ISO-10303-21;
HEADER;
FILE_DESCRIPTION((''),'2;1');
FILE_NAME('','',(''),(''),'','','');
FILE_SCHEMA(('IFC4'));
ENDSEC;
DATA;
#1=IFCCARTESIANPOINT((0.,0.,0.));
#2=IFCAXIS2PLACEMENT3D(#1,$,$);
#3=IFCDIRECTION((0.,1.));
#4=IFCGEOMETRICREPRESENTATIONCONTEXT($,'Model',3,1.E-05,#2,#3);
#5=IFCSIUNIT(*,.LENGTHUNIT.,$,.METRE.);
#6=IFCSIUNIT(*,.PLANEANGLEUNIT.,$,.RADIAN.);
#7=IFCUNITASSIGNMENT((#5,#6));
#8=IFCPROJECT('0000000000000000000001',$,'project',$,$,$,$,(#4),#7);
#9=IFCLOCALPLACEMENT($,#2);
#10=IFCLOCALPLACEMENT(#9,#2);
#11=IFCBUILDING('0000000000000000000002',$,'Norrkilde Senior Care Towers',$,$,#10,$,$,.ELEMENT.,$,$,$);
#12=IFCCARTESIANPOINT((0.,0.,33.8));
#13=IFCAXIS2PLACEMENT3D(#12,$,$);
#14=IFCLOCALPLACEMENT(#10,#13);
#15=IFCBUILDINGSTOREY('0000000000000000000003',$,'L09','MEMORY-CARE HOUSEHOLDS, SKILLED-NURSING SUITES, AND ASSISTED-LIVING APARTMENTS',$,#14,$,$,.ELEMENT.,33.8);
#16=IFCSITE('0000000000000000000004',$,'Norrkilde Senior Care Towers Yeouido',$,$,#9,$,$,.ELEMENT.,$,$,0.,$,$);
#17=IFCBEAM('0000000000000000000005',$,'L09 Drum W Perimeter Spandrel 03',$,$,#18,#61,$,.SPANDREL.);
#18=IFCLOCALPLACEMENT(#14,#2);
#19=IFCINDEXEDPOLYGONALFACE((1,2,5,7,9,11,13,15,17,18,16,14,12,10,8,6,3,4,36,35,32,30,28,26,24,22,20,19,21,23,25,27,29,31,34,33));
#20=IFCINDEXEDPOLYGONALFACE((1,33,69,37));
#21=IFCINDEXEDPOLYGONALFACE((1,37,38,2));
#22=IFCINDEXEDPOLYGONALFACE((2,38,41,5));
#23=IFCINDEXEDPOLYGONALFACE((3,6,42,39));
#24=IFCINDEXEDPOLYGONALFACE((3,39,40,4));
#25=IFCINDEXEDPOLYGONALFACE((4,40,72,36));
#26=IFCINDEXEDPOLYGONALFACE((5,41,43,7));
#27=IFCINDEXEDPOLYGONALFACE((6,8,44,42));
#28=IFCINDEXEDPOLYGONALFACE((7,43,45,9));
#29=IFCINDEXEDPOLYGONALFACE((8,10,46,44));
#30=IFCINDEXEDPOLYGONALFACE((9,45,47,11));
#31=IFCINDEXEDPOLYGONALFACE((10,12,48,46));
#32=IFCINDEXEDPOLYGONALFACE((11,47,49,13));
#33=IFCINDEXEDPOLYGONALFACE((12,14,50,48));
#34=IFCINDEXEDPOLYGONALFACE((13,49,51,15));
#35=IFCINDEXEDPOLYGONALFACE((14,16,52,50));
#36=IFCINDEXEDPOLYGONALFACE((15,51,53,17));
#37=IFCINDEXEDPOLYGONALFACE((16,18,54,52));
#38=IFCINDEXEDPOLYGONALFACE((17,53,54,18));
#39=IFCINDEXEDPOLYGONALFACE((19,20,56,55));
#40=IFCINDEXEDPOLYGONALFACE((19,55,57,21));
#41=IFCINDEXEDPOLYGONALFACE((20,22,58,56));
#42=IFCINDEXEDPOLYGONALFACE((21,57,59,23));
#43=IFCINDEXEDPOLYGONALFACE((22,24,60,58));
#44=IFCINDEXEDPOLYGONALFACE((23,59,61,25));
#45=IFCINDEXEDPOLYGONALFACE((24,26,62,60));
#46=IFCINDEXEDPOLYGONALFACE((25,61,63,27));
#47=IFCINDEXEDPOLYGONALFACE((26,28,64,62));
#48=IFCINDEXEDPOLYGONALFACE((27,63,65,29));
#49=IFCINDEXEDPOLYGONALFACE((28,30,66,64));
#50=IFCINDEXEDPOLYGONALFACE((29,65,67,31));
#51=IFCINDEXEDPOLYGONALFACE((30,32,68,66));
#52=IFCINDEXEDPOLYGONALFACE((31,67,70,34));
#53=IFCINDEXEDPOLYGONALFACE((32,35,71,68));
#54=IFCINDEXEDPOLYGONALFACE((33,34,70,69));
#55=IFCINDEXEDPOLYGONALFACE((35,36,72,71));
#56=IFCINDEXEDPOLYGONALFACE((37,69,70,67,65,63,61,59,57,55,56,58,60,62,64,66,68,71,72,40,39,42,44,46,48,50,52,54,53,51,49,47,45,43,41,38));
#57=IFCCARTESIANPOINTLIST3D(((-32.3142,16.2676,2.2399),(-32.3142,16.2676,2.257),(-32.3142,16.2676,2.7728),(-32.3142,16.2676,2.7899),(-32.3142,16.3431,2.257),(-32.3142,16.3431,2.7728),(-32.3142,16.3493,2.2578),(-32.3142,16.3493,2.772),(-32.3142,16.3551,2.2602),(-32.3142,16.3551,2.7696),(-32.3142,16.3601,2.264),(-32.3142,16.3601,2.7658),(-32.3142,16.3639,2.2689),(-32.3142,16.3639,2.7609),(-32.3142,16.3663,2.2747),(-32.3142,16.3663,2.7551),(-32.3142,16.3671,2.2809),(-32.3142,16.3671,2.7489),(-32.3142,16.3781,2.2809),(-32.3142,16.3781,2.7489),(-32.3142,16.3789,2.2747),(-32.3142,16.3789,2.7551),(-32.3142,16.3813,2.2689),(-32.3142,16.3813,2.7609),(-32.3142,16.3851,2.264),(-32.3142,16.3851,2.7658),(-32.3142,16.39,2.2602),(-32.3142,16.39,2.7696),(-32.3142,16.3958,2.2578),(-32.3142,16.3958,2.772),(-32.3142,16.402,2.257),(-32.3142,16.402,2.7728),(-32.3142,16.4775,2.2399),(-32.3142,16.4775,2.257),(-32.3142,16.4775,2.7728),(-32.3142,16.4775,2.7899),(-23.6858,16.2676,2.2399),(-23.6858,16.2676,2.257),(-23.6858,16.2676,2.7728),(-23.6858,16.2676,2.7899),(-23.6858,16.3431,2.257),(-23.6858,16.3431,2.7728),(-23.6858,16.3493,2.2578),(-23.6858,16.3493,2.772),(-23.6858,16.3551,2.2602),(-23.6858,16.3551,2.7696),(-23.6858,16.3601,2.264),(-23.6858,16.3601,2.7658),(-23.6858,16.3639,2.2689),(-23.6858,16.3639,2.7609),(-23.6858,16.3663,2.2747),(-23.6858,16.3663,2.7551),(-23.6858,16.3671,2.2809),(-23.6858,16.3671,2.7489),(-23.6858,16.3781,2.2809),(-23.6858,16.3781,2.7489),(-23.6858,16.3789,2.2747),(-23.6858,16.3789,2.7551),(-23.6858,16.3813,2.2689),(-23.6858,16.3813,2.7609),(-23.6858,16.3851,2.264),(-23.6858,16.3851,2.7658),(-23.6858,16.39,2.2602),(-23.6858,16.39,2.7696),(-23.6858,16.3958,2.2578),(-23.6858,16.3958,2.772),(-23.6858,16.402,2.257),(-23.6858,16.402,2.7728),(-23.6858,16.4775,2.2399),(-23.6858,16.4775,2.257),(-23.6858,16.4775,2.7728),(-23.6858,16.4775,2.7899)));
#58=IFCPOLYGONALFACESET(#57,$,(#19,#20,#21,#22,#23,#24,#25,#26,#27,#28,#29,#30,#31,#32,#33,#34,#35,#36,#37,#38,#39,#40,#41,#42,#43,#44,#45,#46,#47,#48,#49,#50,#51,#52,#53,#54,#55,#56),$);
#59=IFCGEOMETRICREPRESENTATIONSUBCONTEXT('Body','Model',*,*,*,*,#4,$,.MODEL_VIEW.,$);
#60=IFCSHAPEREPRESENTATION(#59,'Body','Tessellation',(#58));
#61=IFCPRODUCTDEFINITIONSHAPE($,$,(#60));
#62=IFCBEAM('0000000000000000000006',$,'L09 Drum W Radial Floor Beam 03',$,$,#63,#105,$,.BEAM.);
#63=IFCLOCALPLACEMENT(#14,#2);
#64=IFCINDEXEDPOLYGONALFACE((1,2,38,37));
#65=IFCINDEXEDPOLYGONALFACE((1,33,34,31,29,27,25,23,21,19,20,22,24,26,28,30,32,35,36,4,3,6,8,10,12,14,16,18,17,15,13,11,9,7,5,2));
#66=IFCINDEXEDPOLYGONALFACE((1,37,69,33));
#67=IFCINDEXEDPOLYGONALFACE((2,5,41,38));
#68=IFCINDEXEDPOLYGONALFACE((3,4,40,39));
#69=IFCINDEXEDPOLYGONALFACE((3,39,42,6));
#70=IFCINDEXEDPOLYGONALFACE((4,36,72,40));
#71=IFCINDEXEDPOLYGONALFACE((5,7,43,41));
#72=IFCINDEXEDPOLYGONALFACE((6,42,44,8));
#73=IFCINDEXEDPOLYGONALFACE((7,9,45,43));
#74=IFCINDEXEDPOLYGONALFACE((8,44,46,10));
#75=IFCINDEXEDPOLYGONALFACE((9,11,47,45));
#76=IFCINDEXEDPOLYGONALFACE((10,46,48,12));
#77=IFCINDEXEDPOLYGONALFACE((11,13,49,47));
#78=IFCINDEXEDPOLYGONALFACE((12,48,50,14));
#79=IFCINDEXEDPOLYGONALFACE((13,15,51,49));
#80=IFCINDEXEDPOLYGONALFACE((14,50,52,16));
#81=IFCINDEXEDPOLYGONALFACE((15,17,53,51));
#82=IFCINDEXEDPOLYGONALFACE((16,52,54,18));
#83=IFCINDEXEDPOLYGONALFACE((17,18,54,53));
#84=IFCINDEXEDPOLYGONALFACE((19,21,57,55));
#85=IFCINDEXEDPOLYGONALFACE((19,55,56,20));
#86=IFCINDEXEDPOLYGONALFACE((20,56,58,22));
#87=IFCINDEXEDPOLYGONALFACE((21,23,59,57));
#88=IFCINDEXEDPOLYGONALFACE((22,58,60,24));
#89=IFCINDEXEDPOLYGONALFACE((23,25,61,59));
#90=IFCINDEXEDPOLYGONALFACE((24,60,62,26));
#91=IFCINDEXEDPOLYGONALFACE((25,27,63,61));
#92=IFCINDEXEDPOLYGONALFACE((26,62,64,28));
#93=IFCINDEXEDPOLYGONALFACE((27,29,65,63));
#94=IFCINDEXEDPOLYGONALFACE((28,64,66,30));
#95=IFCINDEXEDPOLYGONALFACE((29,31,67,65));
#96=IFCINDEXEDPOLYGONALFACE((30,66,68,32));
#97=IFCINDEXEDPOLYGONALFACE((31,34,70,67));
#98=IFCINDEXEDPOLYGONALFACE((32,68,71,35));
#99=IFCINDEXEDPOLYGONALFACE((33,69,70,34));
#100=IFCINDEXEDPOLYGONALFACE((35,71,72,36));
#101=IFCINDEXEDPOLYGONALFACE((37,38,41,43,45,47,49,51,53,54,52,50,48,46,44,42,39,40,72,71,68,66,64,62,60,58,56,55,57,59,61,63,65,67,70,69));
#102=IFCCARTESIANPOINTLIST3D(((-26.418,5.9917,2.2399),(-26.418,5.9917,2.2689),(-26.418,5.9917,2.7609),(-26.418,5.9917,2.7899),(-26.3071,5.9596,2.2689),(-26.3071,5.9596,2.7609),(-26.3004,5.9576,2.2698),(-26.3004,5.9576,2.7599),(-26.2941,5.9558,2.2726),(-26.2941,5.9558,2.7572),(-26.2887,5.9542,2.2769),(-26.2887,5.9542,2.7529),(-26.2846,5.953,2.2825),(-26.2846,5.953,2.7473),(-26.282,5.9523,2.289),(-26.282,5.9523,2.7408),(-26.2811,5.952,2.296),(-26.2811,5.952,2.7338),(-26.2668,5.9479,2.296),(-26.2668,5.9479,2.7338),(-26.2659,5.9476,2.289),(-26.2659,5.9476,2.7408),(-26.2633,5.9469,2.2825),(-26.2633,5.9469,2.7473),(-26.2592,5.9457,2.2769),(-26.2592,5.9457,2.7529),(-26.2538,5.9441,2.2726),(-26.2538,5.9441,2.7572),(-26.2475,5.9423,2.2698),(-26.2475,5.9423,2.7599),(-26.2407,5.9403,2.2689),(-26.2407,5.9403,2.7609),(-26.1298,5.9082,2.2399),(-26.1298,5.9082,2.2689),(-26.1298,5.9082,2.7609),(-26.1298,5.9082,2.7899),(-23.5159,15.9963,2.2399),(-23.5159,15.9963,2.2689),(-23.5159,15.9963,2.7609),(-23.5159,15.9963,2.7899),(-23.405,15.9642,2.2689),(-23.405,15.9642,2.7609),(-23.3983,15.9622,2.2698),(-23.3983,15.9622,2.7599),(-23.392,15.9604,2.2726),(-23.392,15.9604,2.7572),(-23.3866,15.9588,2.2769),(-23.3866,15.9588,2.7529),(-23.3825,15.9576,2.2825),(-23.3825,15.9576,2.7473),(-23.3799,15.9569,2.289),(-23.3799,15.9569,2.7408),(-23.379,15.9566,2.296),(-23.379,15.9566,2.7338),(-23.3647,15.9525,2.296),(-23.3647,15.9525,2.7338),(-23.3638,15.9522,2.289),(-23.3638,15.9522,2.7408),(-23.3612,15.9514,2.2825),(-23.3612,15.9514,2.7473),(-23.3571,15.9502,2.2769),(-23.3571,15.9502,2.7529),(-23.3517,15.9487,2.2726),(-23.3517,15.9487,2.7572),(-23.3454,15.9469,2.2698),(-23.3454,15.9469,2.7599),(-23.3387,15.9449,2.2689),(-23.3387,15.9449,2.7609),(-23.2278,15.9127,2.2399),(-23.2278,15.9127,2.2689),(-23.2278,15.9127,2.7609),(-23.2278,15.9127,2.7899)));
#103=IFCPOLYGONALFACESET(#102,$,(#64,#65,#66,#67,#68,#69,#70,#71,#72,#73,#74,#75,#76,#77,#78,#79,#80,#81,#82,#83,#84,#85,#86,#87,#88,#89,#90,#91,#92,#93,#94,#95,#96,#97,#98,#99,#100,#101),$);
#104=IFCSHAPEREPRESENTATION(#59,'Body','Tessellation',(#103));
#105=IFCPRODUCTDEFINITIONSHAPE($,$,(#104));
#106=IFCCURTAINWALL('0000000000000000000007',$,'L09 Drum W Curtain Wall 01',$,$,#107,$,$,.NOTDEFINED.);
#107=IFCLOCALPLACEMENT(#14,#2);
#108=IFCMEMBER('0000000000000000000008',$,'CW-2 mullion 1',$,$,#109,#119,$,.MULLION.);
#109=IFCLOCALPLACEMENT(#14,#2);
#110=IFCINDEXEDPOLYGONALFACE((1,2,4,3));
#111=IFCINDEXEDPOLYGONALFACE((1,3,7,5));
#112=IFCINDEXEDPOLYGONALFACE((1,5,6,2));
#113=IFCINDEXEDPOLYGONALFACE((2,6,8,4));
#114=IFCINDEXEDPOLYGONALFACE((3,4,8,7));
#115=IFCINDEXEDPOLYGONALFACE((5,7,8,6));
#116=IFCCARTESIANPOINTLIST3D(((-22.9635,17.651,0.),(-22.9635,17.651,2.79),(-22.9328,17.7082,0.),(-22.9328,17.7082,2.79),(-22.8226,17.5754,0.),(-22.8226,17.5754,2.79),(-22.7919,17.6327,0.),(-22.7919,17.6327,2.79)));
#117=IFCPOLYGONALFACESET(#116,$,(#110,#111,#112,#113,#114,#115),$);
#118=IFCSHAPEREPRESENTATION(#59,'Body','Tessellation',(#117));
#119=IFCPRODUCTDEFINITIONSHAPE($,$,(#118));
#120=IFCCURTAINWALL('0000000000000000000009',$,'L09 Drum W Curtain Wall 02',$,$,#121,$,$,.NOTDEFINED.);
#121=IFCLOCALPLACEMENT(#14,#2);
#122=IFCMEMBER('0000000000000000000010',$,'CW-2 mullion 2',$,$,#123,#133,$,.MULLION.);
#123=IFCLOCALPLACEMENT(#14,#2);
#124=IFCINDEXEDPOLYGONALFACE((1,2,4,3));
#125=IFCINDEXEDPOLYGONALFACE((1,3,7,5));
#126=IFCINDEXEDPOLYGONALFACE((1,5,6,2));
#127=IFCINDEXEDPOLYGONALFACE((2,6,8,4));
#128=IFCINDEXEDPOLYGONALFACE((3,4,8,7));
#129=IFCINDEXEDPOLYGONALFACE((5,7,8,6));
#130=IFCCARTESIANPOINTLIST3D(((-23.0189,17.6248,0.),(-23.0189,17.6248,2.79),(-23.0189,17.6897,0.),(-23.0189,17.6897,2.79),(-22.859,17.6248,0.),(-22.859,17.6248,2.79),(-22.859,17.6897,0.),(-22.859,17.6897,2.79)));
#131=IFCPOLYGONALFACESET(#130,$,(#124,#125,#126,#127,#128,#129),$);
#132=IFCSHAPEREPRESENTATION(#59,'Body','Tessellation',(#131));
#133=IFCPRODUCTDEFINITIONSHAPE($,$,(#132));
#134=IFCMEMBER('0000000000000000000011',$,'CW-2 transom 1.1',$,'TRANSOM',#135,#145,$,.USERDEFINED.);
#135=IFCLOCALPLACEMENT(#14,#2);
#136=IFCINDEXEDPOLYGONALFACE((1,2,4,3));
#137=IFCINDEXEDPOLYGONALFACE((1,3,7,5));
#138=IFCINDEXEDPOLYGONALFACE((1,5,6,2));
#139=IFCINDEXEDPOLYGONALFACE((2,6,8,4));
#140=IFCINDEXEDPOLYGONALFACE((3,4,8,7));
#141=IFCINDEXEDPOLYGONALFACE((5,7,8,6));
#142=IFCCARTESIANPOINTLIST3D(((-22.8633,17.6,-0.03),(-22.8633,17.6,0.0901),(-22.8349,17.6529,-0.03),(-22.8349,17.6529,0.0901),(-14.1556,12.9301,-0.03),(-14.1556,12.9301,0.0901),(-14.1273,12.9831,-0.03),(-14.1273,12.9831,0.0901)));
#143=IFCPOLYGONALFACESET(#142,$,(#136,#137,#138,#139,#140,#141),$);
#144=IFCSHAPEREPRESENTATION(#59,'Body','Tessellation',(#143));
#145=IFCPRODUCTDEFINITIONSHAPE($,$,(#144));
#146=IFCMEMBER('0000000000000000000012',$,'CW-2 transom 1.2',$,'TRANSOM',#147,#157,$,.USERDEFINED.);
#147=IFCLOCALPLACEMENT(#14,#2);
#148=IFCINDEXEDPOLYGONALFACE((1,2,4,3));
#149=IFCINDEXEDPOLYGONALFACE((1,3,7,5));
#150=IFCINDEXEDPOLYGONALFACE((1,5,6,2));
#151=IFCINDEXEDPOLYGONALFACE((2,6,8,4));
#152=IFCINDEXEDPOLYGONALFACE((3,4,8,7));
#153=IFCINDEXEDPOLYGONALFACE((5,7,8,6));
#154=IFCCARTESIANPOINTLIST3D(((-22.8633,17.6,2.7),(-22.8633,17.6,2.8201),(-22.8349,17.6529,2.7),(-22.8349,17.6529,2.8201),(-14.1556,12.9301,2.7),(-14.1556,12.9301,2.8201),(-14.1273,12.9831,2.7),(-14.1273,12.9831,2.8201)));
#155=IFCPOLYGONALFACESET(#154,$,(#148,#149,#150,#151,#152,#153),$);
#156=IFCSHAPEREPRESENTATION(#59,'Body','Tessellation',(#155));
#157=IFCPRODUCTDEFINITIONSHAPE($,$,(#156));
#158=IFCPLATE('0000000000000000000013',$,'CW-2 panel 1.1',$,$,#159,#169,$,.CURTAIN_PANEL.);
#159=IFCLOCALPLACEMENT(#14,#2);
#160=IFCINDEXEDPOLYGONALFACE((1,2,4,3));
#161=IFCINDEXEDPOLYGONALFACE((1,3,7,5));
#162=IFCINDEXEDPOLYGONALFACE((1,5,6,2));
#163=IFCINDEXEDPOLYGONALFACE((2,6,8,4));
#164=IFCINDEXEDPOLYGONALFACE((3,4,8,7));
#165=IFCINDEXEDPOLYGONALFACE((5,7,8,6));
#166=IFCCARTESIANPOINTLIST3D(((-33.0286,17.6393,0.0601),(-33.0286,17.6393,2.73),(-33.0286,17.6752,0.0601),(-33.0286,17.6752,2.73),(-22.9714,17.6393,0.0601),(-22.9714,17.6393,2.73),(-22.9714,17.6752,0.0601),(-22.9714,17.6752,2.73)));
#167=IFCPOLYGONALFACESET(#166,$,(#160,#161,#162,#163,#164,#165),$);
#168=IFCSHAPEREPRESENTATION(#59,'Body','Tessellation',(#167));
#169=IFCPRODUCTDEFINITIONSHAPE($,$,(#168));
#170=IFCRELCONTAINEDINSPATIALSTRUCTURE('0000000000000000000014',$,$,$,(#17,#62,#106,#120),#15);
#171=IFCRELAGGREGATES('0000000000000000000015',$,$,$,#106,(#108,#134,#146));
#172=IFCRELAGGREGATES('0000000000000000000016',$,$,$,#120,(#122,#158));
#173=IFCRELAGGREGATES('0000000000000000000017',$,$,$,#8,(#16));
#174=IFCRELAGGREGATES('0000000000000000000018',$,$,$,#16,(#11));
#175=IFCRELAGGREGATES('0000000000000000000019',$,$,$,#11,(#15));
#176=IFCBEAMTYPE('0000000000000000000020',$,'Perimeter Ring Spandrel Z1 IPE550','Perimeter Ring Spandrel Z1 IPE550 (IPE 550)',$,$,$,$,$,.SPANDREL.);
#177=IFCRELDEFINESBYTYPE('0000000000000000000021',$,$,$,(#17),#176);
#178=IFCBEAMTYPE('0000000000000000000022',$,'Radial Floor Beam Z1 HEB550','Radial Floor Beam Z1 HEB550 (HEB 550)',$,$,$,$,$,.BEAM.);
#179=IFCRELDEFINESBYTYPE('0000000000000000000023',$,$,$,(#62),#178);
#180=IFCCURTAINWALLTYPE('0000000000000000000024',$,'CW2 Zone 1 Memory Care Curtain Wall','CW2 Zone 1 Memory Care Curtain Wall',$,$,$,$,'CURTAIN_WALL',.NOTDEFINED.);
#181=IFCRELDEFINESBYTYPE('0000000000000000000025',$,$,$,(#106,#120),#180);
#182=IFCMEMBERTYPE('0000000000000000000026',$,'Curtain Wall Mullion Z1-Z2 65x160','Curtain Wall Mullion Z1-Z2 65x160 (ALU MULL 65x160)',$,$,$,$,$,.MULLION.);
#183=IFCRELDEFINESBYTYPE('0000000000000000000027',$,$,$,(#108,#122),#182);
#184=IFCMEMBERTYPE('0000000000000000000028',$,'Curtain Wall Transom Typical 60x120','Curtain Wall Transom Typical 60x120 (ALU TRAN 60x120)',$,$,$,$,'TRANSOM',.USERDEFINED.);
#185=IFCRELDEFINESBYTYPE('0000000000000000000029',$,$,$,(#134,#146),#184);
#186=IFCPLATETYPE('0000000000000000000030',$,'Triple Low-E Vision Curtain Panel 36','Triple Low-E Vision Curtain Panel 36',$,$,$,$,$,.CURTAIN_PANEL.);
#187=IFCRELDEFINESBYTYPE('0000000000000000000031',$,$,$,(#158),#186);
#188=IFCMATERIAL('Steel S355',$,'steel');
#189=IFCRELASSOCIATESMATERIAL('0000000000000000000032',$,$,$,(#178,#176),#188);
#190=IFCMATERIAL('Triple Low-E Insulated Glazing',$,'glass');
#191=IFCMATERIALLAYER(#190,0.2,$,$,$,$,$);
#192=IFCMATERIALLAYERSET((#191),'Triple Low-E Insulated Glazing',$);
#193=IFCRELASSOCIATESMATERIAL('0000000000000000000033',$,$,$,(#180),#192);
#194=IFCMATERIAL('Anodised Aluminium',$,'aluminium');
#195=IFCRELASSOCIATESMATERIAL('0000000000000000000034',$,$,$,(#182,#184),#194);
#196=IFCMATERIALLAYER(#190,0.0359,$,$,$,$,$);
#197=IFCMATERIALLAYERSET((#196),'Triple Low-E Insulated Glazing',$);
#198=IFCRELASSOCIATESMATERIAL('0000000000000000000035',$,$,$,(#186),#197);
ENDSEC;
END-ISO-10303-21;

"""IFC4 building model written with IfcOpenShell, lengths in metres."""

from ifc_helpers import new_model, si_unit, direction, frame, origin, origin_2d, place, context, subcontext, project, spatial, rectangle, i_section, extrude, source, transform, mapped, material, layer, layer_set, material_profile, profile_set, type_object, type_shapes, element, aggregate, save


model = new_model("IFC4")

# Units and contexts
model_context = context("Model", 3, precision=1e-05, world=origin(), true_north=direction((0.0, 1.0)))
body_context = subcontext(model_context, "Body", "Model", "MODEL_VIEW")
ifc_project = project(units=[si_unit("LENGTHUNIT", "METRE"), si_unit("PLANEANGLEUNIT", "RADIAN")], contexts=[model_context])

# Site, building, storey
site_placement = place(None, origin())
site = spatial("IfcSite", under=ifc_project, at=site_placement, Name="Norrkilde Senior Care Towers Yeouido", CompositionType="ELEMENT", RefElevation=0.0)
building_placement = place(site_placement, origin())
building = spatial("IfcBuilding", under=site, at=building_placement, Name="Norrkilde Senior Care Towers", CompositionType="ELEMENT")
storey_placement = place(building_placement, frame((0.0, 0.0, 33.8)))
storey = spatial("IfcBuildingStorey", under=building, at=storey_placement, Name="L09", Description="MEMORY-CARE HOUSEHOLDS, SKILLED-NURSING SUITES, AND ASSISTED-LIVING APARTMENTS", CompositionType="ELEMENT", Elevation=33.8)

# Beams
ifc_material_1 = material(Name="Steel S355", Category="steel")
ifc_material_profile_1 = material_profile(ifc_material_1, i_section(OverallWidth=0.3, OverallDepth=0.55, WebThickness=0.0149, FlangeThickness=0.0291, FilletRadius=0.0271, at=origin_2d()), Name="HEB 550")
ifc_profile_set_1 = profile_set([ifc_material_profile_1], Name="Steel S355")
beam_type_1 = type_object("IfcBeamType", Name="Radial Floor Beam Z1 HEB550", Description="Radial Floor Beam Z1 HEB550 (HEB 550)", PredefinedType="BEAM", material=ifc_profile_set_1)
ifc_material_profile_2 = material_profile(ifc_material_1, i_section(OverallWidth=0.21, OverallDepth=0.55, WebThickness=0.011, FlangeThickness=0.0171, FilletRadius=0.0239, at=origin_2d()), Name="IPE 550")
ifc_profile_set_2 = profile_set([ifc_material_profile_2], Name="Steel S355")
beam_type_2 = type_object("IfcBeamType", Name="Perimeter Ring Spandrel Z1 IPE550", Description="Perimeter Ring Spandrel Z1 IPE550 (IPE 550)", PredefinedType="SPANDREL", material=ifc_profile_set_2)
shared_shape_1 = source(origin(), body_context, "Body", "SweptSolid", [
    extrude(i_section(OverallWidth=0.21, OverallDepth=0.55, WebThickness=0.011, FlangeThickness=0.0171, FilletRadius=0.0239, at=origin_2d()), origin(), (0.0, 0.0, 1.0), 8.6284),
])
type_shapes(beam_type_2, [shared_shape_1])
beam_1_placement = place(storey_placement, frame((-23.6858, 16.3726, 2.5149), z_axis=(-1.0, 0.0, 0.0), x_axis=(0.0, -1.0, 0.0)))
element("IfcBeam", 1, at=beam_1_placement, inside=storey, type_object=beam_type_2, Name="L09 Drum W Perimeter Spandrel 03", PredefinedType="SPANDREL", context=body_context, shape_type="MappedRepresentation", body=[
    mapped(shared_shape_1, transform((0.0, 0.0, 0.0), x_axis=(1.0, 0.0, 0.0), y_axis=(0.0, 1.0, 0.0), z_axis=(0.0, 0.0, 1.0), scale=1.0)),
])
shared_shape_2 = source(origin(), body_context, "Body", "SweptSolid", [
    extrude(i_section(OverallWidth=0.3, OverallDepth=0.55, WebThickness=0.0149, FlangeThickness=0.0291, FilletRadius=0.0271, at=origin_2d()), origin(), (0.0, 0.0, 1.0), 10.417),
])
beam_2_placement = place(storey_placement, frame((-26.2739, 5.95, 2.5149), z_axis=(0.278591, 0.96041, 0.0), x_axis=(-0.96041, 0.278591, 0.0)))
element("IfcBeam", 2, at=beam_2_placement, inside=storey, type_object=beam_type_1, Name="L09 Drum W Radial Floor Beam 03", PredefinedType="BEAM", context=body_context, shape_type="MappedRepresentation", body=[
    mapped(shared_shape_2, transform((0.0, 0.0, 0.0), x_axis=(1.0, 0.0, 0.0), y_axis=(0.0, 1.0, 0.0), z_axis=(0.0, 0.0, 1.0), scale=1.0)),
])

# Curtain walls, members
ifc_material_2 = material(Name="Triple Low-E Insulated Glazing", Category="glass")
ifc_layer_1 = layer(ifc_material_2, 0.2)
ifc_layer_set_1 = layer_set([ifc_layer_1], Name="Triple Low-E Insulated Glazing")
curtain_wall_type = type_object("IfcCurtainWallType", Name="CW2 Zone 1 Memory Care Curtain Wall", Description="CW2 Zone 1 Memory Care Curtain Wall", ElementType="CURTAIN_WALL", PredefinedType="NOTDEFINED", material=ifc_layer_set_1)
curtain_wall_1_placement = place(storey_placement, origin())
curtain_wall_1 = element("IfcCurtainWall", 3, at=curtain_wall_1_placement, inside=storey, type_object=curtain_wall_type, Name="L09 Drum W Curtain Wall 01", PredefinedType="NOTDEFINED")
ifc_material_3 = material(Name="Anodised Aluminium", Category="aluminium")
ifc_material_profile_3 = material_profile(ifc_material_3, rectangle(XDim=0.0649, YDim=0.1599, at=origin_2d()), Name="ALU MULL 65x160")
ifc_profile_set_3 = profile_set([ifc_material_profile_3], Name="Anodised Aluminium")
member_type_1 = type_object("IfcMemberType", Name="Curtain Wall Mullion Z1-Z2 65x160", Description="Curtain Wall Mullion Z1-Z2 65x160 (ALU MULL 65x160)", PredefinedType="MULLION", material=ifc_profile_set_3)
shared_shape_3 = source(origin(), body_context, "Body", "SweptSolid", [
    extrude(rectangle(XDim=0.0649, YDim=0.1599, at=origin_2d()), origin(), (0.0, 0.0, 1.0), 2.79),
])
type_shapes(member_type_1, [shared_shape_3])
member_1_placement = place(storey_placement, frame((-22.8777, 17.6418, 0.0), z_axis=(0.0, 0.0, 1.0), x_axis=(0.472608, 0.881273, 0.0)))
member_1 = element("IfcMember", 4, at=member_1_placement, type_object=member_type_1, Name="CW-2 mullion 1", PredefinedType="MULLION", context=body_context, shape_type="MappedRepresentation", body=[
    mapped(shared_shape_3, transform((0.0, 0.0, 0.0), x_axis=(1.0, 0.0, 0.0), y_axis=(0.0, 1.0, 0.0), z_axis=(0.0, 0.0, 1.0), scale=1.0)),
])
curtain_wall_2_placement = place(storey_placement, origin())
curtain_wall_2 = element("IfcCurtainWall", 5, at=curtain_wall_2_placement, inside=storey, type_object=curtain_wall_type, Name="L09 Drum W Curtain Wall 02", PredefinedType="NOTDEFINED")
member_2_placement = place(storey_placement, frame((-22.939, 17.6572, 0.0), z_axis=(0.0, 0.0, 1.0), x_axis=(0.0, 1.0, 0.0)))
member_2 = element("IfcMember", 6, at=member_2_placement, type_object=member_type_1, Name="CW-2 mullion 2", PredefinedType="MULLION", context=body_context, shape_type="MappedRepresentation", body=[
    mapped(shared_shape_3, transform((0.0, 0.0, 0.0), x_axis=(1.0, 0.0, 0.0), y_axis=(0.0, 1.0, 0.0), z_axis=(0.0, 0.0, 1.0), scale=1.0)),
])

# Members
ifc_material_profile_4 = material_profile(ifc_material_3, rectangle(XDim=0.0601, YDim=0.1201, at=origin_2d()), Name="ALU TRAN 60x120")
ifc_profile_set_4 = profile_set([ifc_material_profile_4], Name="Anodised Aluminium")
member_type_2 = type_object("IfcMemberType", Name="Curtain Wall Transom Typical 60x120", Description="Curtain Wall Transom Typical 60x120 (ALU TRAN 60x120)", ElementType="TRANSOM", PredefinedType="USERDEFINED", material=ifc_profile_set_4)
shared_shape_4 = source(origin(), body_context, "Body", "SweptSolid", [
    extrude(rectangle(XDim=0.0601, YDim=0.1201, at=origin_2d()), origin(), (0.0, 0.0, 1.0), 9.8809),
])
type_shapes(member_type_2, [shared_shape_4])
member_3_placement = place(storey_placement, frame((-22.8491, 17.6265, 0.03), z_axis=(0.881267, -0.472618, 0.0), x_axis=(0.472618, 0.881267, 0.0)))
member_3 = element("IfcMember", 7, at=member_3_placement, type_object=member_type_2, Name="CW-2 transom 1.1", ObjectType="TRANSOM", PredefinedType="USERDEFINED", context=body_context, shape_type="MappedRepresentation", body=[
    mapped(shared_shape_4, transform((0.0, 0.0, 0.0), x_axis=(1.0, 0.0, 0.0), y_axis=(0.0, 1.0, 0.0), z_axis=(0.0, 0.0, 1.0), scale=1.0)),
])
member_4_placement = place(storey_placement, frame((-22.8491, 17.6265, 2.76), z_axis=(0.881267, -0.472618, 0.0), x_axis=(0.472618, 0.881267, 0.0)))
member_4 = element("IfcMember", 8, at=member_4_placement, type_object=member_type_2, Name="CW-2 transom 1.2", ObjectType="TRANSOM", PredefinedType="USERDEFINED", context=body_context, shape_type="MappedRepresentation", body=[
    mapped(shared_shape_4, transform((0.0, 0.0, 0.0), x_axis=(1.0, 0.0, 0.0), y_axis=(0.0, 1.0, 0.0), z_axis=(0.0, 0.0, 1.0), scale=1.0)),
])
aggregate(curtain_wall_1, [member_1, member_3, member_4])

# Plate
ifc_layer_2 = layer(ifc_material_2, 0.0359)
ifc_layer_set_2 = layer_set([ifc_layer_2], Name="Triple Low-E Insulated Glazing")
plate_type = type_object("IfcPlateType", Name="Triple Low-E Vision Curtain Panel 36", Description="Triple Low-E Vision Curtain Panel 36", PredefinedType="CURTAIN_PANEL", material=ifc_layer_set_2)
shared_shape_5 = source(origin(), body_context, "Body", "SweptSolid", [
    extrude(rectangle(XDim=10.0571, YDim=0.0359, at=origin_2d()), origin(), (0.0, 0.0, 1.0), 2.6699),
])
type_shapes(plate_type, [shared_shape_5])
plate_placement = place(storey_placement, frame((-28.0, 17.6572, 0.0601), z_axis=(0.0, 0.0, 1.0), x_axis=(1.0, 0.0, 0.0)))
plate = element("IfcPlate", 9, at=plate_placement, type_object=plate_type, Name="CW-2 panel 1.1", PredefinedType="CURTAIN_PANEL", context=body_context, shape_type="MappedRepresentation", body=[
    mapped(shared_shape_5, transform((0.0, 0.0, 0.0), x_axis=(1.0, 0.0, 0.0), y_axis=(0.0, 1.0, 0.0), z_axis=(0.0, 0.0, 1.0), scale=1.0)),
])
aggregate(curtain_wall_2, [member_2, plate])

save(model, "model.ifc")
